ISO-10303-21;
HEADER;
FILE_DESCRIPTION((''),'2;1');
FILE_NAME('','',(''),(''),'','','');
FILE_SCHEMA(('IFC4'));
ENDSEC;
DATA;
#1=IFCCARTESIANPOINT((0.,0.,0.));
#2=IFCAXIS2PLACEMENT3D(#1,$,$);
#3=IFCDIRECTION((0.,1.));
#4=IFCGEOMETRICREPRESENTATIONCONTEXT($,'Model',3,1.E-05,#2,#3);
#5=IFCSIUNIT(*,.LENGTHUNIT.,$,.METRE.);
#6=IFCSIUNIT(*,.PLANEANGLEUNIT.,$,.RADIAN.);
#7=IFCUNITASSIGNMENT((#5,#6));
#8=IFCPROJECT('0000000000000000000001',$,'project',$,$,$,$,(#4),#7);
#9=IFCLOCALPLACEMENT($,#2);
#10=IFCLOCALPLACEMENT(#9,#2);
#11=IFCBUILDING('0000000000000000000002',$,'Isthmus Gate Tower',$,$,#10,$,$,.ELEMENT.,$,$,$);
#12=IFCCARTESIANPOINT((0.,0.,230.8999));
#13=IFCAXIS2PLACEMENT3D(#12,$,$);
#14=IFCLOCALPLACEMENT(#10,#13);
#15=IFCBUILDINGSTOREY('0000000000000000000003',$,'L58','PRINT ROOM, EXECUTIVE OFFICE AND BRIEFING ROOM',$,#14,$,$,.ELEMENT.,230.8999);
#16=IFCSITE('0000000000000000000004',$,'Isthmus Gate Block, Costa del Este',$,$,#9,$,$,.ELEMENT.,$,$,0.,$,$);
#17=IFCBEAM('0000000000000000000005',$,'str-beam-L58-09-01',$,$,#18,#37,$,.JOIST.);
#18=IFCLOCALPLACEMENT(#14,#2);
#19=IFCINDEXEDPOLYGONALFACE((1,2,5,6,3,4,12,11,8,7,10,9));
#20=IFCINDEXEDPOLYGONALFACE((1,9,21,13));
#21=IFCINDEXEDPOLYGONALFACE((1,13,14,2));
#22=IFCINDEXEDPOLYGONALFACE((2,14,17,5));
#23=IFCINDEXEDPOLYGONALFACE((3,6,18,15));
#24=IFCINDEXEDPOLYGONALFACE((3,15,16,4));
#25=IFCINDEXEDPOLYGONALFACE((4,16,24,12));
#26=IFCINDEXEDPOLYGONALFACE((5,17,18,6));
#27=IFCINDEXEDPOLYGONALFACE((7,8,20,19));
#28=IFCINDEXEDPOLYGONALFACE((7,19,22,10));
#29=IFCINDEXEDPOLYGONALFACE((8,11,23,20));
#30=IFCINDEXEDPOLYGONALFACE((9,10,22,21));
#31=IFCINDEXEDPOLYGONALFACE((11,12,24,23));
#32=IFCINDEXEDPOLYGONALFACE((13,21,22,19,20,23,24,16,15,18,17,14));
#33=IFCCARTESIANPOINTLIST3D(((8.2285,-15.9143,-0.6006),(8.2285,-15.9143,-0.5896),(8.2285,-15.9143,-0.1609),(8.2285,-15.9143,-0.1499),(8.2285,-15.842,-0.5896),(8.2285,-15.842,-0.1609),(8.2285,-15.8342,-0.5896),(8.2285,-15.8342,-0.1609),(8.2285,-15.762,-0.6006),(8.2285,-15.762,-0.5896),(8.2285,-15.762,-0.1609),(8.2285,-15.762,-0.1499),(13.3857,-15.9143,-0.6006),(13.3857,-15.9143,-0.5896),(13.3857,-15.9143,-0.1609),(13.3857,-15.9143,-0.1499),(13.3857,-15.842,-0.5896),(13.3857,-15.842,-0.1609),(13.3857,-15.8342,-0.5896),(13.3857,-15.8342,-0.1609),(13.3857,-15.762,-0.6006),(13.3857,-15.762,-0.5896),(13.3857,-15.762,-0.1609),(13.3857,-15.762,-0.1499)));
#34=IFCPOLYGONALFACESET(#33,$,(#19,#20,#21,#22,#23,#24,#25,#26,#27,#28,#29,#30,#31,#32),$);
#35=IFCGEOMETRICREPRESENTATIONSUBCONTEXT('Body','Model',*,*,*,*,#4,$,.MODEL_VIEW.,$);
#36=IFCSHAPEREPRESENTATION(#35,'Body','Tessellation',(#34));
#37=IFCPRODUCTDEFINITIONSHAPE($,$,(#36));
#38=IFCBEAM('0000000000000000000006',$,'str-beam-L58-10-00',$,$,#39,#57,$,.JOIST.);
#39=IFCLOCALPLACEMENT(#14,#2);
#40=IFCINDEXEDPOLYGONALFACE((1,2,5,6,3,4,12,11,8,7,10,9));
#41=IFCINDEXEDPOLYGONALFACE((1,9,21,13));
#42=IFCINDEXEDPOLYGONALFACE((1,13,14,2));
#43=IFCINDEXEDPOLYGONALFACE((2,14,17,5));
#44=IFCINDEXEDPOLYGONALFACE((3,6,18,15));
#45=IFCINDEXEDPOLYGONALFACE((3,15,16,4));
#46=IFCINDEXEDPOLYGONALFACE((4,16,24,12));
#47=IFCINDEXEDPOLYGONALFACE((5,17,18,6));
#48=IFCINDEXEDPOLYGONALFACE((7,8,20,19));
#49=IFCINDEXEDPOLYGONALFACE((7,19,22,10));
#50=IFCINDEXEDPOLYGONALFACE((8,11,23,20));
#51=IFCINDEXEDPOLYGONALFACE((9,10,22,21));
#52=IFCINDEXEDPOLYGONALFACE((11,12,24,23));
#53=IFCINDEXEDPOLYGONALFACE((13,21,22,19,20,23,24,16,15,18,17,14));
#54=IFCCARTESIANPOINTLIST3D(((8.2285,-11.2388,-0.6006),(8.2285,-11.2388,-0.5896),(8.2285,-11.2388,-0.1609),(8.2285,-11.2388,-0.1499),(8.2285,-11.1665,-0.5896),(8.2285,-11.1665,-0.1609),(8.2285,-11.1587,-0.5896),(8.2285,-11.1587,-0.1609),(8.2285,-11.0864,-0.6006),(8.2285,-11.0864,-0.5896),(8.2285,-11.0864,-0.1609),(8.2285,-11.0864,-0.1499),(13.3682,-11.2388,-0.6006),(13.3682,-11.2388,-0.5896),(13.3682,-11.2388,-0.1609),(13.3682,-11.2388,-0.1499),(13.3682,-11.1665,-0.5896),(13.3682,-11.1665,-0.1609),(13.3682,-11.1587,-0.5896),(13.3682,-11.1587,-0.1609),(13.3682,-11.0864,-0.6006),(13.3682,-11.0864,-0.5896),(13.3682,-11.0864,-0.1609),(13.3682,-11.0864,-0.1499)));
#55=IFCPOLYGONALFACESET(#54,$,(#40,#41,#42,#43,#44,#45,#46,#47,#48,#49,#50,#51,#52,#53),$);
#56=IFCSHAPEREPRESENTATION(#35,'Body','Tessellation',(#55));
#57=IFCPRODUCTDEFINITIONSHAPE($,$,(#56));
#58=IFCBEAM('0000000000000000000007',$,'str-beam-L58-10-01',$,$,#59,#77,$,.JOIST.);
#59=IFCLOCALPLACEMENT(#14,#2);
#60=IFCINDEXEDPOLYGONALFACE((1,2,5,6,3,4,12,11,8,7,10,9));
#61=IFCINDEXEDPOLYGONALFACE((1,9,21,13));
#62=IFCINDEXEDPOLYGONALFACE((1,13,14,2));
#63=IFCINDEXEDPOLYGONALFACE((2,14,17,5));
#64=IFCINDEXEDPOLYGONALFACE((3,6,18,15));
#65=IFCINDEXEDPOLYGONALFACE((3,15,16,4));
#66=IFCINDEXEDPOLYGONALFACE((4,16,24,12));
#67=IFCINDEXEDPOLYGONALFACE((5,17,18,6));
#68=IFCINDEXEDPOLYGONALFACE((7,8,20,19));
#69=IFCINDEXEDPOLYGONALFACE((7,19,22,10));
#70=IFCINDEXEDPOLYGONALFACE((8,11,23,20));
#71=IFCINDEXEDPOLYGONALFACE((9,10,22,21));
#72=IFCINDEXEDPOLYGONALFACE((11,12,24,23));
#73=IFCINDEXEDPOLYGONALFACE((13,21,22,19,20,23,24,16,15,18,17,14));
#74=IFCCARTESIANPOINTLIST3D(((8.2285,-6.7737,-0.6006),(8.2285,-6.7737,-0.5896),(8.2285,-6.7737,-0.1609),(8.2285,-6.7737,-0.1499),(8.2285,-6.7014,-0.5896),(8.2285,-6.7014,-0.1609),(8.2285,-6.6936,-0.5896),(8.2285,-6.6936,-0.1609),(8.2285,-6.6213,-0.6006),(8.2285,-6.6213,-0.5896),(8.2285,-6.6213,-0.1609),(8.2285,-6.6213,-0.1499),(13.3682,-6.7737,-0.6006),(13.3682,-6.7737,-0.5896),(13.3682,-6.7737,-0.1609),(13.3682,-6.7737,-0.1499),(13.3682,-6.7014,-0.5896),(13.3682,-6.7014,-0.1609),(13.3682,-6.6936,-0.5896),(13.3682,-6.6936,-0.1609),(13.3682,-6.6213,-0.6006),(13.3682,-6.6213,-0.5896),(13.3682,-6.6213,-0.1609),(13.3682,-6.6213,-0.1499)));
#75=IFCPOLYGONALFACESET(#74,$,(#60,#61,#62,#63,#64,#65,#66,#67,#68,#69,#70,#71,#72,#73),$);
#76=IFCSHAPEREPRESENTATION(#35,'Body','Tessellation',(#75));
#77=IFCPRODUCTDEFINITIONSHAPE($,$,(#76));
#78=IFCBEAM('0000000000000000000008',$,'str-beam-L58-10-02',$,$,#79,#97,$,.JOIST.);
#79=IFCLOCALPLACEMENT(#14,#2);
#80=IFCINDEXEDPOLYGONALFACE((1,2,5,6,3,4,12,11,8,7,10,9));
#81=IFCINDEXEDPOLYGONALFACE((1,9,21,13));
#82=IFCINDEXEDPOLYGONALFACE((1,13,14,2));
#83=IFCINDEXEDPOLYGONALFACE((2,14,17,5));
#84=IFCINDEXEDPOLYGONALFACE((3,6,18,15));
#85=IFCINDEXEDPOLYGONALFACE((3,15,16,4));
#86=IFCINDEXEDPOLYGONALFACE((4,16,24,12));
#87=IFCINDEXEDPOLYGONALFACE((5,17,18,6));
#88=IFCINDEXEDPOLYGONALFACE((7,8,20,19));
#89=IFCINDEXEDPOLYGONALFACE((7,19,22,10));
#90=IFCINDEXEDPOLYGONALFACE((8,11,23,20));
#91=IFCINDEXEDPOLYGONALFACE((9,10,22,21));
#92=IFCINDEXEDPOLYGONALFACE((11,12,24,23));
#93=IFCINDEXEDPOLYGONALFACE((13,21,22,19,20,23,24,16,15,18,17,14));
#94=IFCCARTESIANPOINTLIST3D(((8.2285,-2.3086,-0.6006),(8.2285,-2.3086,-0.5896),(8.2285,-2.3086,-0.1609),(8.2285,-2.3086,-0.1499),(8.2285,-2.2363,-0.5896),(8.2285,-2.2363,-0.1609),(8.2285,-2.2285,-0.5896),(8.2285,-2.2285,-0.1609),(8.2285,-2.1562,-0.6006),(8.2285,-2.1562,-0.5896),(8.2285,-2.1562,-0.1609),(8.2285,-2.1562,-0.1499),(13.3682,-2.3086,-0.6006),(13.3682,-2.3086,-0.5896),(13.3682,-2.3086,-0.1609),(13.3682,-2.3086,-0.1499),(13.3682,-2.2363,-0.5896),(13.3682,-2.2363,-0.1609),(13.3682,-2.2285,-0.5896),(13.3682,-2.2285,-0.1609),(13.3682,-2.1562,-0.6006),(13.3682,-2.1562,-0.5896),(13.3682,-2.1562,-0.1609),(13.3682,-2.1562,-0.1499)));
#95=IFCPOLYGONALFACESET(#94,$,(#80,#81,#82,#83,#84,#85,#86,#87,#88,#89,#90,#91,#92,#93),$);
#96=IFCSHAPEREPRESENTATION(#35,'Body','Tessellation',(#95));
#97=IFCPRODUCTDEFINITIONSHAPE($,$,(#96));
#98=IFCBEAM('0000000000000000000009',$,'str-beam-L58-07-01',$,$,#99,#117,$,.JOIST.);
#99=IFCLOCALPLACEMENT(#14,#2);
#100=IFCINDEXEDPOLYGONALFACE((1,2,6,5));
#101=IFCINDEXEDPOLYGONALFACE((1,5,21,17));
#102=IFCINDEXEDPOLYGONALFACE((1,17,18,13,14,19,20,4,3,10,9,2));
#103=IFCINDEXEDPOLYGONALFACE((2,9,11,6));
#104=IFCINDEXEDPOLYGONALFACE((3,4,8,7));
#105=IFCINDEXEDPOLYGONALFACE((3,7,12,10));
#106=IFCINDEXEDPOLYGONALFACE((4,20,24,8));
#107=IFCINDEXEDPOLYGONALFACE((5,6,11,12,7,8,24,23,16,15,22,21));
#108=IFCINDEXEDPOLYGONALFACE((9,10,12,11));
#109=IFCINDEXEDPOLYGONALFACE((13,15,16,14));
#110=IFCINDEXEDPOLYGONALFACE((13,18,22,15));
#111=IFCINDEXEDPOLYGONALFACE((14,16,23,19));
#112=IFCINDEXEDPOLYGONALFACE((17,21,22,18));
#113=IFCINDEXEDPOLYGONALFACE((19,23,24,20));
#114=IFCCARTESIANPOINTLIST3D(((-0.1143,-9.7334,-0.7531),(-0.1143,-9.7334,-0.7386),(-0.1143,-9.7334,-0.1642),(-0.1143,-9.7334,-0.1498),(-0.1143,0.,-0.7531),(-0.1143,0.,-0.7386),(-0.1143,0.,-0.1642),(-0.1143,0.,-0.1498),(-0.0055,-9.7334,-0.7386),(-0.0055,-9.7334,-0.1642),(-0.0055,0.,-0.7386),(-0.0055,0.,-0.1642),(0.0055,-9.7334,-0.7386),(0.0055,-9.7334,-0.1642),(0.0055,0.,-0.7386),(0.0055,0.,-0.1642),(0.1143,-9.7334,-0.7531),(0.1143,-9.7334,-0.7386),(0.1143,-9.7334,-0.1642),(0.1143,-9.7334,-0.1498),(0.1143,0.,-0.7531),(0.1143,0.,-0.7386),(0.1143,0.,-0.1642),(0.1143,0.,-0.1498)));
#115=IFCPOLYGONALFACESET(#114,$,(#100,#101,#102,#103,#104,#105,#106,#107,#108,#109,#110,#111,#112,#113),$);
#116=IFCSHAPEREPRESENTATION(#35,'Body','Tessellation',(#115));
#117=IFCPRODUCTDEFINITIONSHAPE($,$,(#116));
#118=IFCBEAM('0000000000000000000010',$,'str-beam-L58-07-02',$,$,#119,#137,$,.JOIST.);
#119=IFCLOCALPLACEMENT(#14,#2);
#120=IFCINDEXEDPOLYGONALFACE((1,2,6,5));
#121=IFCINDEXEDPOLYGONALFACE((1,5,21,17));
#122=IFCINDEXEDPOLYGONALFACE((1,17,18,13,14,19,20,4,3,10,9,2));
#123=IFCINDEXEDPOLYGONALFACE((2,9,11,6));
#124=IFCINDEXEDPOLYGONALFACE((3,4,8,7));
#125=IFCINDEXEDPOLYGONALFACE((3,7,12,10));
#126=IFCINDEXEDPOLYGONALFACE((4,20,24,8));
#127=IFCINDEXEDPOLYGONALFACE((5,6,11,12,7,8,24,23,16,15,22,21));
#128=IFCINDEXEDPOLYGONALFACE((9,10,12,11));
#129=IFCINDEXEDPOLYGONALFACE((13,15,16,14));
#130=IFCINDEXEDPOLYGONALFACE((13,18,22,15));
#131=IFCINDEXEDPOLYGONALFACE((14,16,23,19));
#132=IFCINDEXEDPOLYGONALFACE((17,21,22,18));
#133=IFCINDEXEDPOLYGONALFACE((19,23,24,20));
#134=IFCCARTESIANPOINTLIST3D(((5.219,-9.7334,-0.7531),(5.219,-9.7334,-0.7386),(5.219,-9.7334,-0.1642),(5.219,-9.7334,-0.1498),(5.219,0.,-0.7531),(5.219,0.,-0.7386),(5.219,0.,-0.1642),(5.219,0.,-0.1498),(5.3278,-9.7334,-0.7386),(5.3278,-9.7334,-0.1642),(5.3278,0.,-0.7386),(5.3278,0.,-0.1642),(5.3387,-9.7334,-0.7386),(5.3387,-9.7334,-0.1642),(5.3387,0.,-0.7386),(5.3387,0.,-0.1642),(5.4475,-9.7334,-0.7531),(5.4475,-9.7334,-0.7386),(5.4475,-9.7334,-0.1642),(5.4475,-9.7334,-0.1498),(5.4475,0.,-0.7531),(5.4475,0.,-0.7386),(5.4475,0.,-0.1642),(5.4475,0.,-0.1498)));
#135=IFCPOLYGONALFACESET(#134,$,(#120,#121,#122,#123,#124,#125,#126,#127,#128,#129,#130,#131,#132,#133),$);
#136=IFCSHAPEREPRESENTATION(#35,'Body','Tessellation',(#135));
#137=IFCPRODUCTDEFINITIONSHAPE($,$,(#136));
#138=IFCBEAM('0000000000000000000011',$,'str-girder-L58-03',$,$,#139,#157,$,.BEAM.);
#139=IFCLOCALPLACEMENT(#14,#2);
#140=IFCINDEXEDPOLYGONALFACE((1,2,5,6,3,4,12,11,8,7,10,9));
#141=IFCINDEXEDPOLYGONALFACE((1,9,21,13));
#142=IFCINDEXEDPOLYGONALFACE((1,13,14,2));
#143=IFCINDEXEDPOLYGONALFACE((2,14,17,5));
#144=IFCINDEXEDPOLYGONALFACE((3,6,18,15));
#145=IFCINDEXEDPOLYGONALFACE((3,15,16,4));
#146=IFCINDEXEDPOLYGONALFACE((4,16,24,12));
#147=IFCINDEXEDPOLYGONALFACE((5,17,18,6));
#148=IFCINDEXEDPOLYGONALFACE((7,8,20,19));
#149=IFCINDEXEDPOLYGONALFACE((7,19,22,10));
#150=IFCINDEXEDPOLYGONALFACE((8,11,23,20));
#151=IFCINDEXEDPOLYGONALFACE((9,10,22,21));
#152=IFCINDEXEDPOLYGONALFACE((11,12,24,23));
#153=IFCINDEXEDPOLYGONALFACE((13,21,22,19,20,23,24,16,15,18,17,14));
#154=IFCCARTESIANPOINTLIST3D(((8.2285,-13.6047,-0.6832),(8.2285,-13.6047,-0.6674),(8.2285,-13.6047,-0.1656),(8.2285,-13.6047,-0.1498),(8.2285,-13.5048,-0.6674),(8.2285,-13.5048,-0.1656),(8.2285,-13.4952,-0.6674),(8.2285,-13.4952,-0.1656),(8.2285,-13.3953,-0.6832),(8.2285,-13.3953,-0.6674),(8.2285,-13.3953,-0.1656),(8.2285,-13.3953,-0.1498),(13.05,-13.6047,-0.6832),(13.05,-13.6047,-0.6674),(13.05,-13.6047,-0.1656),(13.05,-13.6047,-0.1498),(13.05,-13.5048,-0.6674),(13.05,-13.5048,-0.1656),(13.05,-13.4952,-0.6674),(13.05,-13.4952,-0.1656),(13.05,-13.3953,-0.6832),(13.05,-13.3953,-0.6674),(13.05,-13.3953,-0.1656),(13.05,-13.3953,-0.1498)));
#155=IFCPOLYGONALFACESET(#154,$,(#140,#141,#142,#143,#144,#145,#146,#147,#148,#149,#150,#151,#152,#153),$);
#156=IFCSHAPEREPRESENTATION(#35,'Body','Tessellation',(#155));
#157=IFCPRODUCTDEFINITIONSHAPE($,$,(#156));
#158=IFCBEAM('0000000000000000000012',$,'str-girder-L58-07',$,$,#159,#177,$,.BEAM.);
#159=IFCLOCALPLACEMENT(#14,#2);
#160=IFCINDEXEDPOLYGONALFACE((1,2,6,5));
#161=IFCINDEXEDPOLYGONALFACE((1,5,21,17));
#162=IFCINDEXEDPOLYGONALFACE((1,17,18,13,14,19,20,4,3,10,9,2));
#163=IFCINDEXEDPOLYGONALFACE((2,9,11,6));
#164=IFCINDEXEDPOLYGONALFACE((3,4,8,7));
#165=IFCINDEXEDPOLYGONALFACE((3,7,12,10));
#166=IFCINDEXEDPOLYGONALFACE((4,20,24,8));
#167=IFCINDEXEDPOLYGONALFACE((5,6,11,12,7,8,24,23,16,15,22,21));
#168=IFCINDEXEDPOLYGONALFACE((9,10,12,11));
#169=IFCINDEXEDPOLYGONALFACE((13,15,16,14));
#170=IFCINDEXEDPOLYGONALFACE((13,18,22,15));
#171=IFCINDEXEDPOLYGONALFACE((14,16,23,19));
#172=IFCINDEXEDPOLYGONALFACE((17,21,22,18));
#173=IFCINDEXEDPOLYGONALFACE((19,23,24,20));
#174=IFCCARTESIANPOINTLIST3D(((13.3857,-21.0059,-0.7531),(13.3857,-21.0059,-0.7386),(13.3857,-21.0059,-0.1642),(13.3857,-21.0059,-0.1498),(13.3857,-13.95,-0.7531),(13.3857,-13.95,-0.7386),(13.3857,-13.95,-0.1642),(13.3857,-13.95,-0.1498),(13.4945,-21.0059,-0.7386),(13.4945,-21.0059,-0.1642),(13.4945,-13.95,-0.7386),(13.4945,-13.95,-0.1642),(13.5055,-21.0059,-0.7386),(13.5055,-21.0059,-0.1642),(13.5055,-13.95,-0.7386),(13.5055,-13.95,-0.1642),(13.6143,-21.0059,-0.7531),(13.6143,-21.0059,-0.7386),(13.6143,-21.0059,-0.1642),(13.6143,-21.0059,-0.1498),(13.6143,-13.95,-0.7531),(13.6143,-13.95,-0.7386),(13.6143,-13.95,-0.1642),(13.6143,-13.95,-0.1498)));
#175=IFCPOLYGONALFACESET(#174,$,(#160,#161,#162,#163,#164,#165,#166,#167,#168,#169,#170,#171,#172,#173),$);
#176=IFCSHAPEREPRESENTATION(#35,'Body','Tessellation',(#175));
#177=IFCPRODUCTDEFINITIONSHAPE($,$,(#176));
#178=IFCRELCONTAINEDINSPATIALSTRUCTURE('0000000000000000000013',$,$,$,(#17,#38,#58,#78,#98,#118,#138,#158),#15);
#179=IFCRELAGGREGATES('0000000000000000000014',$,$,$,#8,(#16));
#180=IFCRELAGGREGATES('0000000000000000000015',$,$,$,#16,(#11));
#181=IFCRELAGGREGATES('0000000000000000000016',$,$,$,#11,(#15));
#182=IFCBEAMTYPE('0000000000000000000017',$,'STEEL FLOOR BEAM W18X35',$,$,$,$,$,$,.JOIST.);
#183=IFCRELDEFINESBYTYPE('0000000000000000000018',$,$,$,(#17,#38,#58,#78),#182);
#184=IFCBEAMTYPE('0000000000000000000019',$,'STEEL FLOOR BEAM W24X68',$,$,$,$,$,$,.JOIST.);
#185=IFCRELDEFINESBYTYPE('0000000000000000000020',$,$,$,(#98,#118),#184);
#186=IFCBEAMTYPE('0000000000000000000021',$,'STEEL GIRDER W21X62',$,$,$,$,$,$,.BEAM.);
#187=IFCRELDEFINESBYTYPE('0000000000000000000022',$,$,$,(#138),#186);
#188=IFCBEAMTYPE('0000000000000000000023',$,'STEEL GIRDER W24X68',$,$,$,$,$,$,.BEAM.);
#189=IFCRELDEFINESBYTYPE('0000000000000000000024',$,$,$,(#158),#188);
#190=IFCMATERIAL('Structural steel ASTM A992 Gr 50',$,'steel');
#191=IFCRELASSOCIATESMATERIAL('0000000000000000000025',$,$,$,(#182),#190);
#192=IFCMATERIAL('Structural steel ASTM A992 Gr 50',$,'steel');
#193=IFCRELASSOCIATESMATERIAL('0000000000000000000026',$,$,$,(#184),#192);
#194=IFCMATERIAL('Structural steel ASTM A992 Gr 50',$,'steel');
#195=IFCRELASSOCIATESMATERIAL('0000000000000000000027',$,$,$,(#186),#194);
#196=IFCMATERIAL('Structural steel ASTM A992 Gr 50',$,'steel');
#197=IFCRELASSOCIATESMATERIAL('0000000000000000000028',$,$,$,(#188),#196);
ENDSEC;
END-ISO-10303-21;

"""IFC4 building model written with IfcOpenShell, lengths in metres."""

from ifc_helpers import new_model, si_unit, direction, frame, origin, origin_2d, place, context, subcontext, project, spatial, i_section, extrude, material, material_profile, profile_set, type_object, element, save


model = new_model("IFC4")

# Units and contexts
model_context = context("Model", 3, precision=1e-05, world=origin(), true_north=direction((0.0, 1.0)))
body_context = subcontext(model_context, "Body", "Model", "MODEL_VIEW")
ifc_project = project(units=[si_unit("LENGTHUNIT", "METRE"), si_unit("PLANEANGLEUNIT", "RADIAN")], contexts=[model_context])

# Site, building, storey
site_placement = place(None, origin())
site = spatial("IfcSite", under=ifc_project, at=site_placement, Name="Isthmus Gate Block, Costa del Este", CompositionType="ELEMENT", RefElevation=0.0)
building_placement = place(site_placement, origin())
building = spatial("IfcBuilding", under=site, at=building_placement, Name="Isthmus Gate Tower", CompositionType="ELEMENT")
storey_placement = place(building_placement, frame((0.0, 0.0, 230.8999)))
storey = spatial("IfcBuildingStorey", under=building, at=storey_placement, Name="L58", Description="PRINT ROOM, EXECUTIVE OFFICE AND BRIEFING ROOM", CompositionType="ELEMENT", Elevation=230.8999)

# Beams
ifc_material_1 = material(Name="Structural steel ASTM A992 Gr 50", Category="steel")
ifc_material_profile_1 = material_profile(ifc_material_1, i_section(OverallWidth=0.1523, OverallDepth=0.4507, WebThickness=0.0078, FlangeThickness=0.011, at=origin_2d()), Name="W18X35")
ifc_profile_set_1 = profile_set([ifc_material_profile_1], Name="Structural steel ASTM A992 Gr 50")
beam_type_1 = type_object("IfcBeamType", Name="STEEL FLOOR BEAM W18X35", PredefinedType="JOIST", material=ifc_profile_set_1)
for number, where, z_axis, x_axis, name in (
    (1, (8.2285, -15.8381, -0.3752), (1.0, 0.0, 0.0), (0.0, 1.0, 0.0), "str-beam-L58-09-01"),
):
    element("IfcBeam", number, at=place(storey_placement, frame(where, z_axis=z_axis, x_axis=x_axis)), inside=storey, type_object=beam_type_1, Name=name, PredefinedType="JOIST", context=body_context, shape_type="SweptSolid", body=[
        extrude(i_section(OverallWidth=0.1523, OverallDepth=0.4507, WebThickness=0.0078, FlangeThickness=0.011, at=origin_2d()), origin(), (0.0, 0.0, 1.0), 5.1572),
    ])
for number, where, z_axis, x_axis, name in (
    (2, (8.2285, -11.1626, -0.3752), (1.0, 0.0, 0.0), (0.0, 1.0, 0.0), "str-beam-L58-10-00"),
    (3, (8.2285, -6.6975, -0.3752), (1.0, 0.0, 0.0), (0.0, 1.0, 0.0), "str-beam-L58-10-01"),
    (4, (8.2285, -2.2324, -0.3752), (1.0, 0.0, 0.0), (0.0, 1.0, 0.0), "str-beam-L58-10-02"),
):
    element("IfcBeam", number, at=place(storey_placement, frame(where, z_axis=z_axis, x_axis=x_axis)), inside=storey, type_object=beam_type_1, Name=name, PredefinedType="JOIST", context=body_context, shape_type="SweptSolid", body=[
        extrude(i_section(OverallWidth=0.1523, OverallDepth=0.4507, WebThickness=0.0078, FlangeThickness=0.011, at=origin_2d()), origin(), (0.0, 0.0, 1.0), 5.1396),
    ])
ifc_material_2 = material(Name="Structural steel ASTM A992 Gr 50", Category="steel")
ifc_material_profile_2 = material_profile(ifc_material_2, i_section(OverallWidth=0.2285, OverallDepth=0.6033, WebThickness=0.011, FlangeThickness=0.0144, at=origin_2d()), Name="W24X68")
ifc_profile_set_2 = profile_set([ifc_material_profile_2], Name="Structural steel ASTM A992 Gr 50")
beam_type_2 = type_object("IfcBeamType", Name="STEEL FLOOR BEAM W24X68", PredefinedType="JOIST", material=ifc_profile_set_2)
for number, where, z_axis, x_axis, name in (
    (5, (0.0, -9.7334, -0.4514), (0.0, 1.0, 0.0), (-1.0, 0.0, 0.0), "str-beam-L58-07-01"),
    (6, (5.3333, -9.7334, -0.4514), (0.0, 1.0, 0.0), (-1.0, 0.0, 0.0), "str-beam-L58-07-02"),
):
    element("IfcBeam", number, at=place(storey_placement, frame(where, z_axis=z_axis, x_axis=x_axis)), inside=storey, type_object=beam_type_2, Name=name, PredefinedType="JOIST", context=body_context, shape_type="SweptSolid", body=[
        extrude(i_section(OverallWidth=0.2285, OverallDepth=0.6033, WebThickness=0.011, FlangeThickness=0.0144, at=origin_2d()), origin(), (0.0, 0.0, 1.0), 9.7334),
    ])
ifc_material_3 = material(Name="Structural steel ASTM A992 Gr 50", Category="steel")
ifc_material_profile_3 = material_profile(ifc_material_3, i_section(OverallWidth=0.2095, OverallDepth=0.5334, WebThickness=0.0095, FlangeThickness=0.0159, at=origin_2d()), Name="W21X62")
ifc_profile_set_3 = profile_set([ifc_material_profile_3], Name="Structural steel ASTM A992 Gr 50")
beam_type_3 = type_object("IfcBeamType", Name="STEEL GIRDER W21X62", PredefinedType="BEAM", material=ifc_profile_set_3)
beam_1_placement = place(storey_placement, frame((8.2285, -13.5, -0.4165), z_axis=(1.0, 0.0, 0.0), x_axis=(0.0, 1.0, 0.0)))
element("IfcBeam", 7, at=beam_1_placement, inside=storey, type_object=beam_type_3, Name="str-girder-L58-03", PredefinedType="BEAM", context=body_context, shape_type="SweptSolid", body=[
    extrude(i_section(OverallWidth=0.2095, OverallDepth=0.5334, WebThickness=0.0095, FlangeThickness=0.0159, at=origin_2d()), origin(), (0.0, 0.0, 1.0), 4.8215),
])
ifc_material_4 = material(Name="Structural steel ASTM A992 Gr 50", Category="steel")
ifc_material_profile_4 = material_profile(ifc_material_4, i_section(OverallWidth=0.2285, OverallDepth=0.6033, WebThickness=0.011, FlangeThickness=0.0144, at=origin_2d()), Name="W24X68")
ifc_profile_set_4 = profile_set([ifc_material_profile_4], Name="Structural steel ASTM A992 Gr 50")
beam_type_4 = type_object("IfcBeamType", Name="STEEL GIRDER W24X68", PredefinedType="BEAM", material=ifc_profile_set_4)
beam_2_placement = place(storey_placement, frame((13.5, -21.0059, -0.4514), z_axis=(0.0, 1.0, 0.0), x_axis=(-1.0, 0.0, 0.0)))
element("IfcBeam", 8, at=beam_2_placement, inside=storey, type_object=beam_type_4, Name="str-girder-L58-07", PredefinedType="BEAM", context=body_context, shape_type="SweptSolid", body=[
    extrude(i_section(OverallWidth=0.2285, OverallDepth=0.6033, WebThickness=0.011, FlangeThickness=0.0144, at=origin_2d()), origin(), (0.0, 0.0, 1.0), 7.0559),
])

save(model, "model.ifc")
